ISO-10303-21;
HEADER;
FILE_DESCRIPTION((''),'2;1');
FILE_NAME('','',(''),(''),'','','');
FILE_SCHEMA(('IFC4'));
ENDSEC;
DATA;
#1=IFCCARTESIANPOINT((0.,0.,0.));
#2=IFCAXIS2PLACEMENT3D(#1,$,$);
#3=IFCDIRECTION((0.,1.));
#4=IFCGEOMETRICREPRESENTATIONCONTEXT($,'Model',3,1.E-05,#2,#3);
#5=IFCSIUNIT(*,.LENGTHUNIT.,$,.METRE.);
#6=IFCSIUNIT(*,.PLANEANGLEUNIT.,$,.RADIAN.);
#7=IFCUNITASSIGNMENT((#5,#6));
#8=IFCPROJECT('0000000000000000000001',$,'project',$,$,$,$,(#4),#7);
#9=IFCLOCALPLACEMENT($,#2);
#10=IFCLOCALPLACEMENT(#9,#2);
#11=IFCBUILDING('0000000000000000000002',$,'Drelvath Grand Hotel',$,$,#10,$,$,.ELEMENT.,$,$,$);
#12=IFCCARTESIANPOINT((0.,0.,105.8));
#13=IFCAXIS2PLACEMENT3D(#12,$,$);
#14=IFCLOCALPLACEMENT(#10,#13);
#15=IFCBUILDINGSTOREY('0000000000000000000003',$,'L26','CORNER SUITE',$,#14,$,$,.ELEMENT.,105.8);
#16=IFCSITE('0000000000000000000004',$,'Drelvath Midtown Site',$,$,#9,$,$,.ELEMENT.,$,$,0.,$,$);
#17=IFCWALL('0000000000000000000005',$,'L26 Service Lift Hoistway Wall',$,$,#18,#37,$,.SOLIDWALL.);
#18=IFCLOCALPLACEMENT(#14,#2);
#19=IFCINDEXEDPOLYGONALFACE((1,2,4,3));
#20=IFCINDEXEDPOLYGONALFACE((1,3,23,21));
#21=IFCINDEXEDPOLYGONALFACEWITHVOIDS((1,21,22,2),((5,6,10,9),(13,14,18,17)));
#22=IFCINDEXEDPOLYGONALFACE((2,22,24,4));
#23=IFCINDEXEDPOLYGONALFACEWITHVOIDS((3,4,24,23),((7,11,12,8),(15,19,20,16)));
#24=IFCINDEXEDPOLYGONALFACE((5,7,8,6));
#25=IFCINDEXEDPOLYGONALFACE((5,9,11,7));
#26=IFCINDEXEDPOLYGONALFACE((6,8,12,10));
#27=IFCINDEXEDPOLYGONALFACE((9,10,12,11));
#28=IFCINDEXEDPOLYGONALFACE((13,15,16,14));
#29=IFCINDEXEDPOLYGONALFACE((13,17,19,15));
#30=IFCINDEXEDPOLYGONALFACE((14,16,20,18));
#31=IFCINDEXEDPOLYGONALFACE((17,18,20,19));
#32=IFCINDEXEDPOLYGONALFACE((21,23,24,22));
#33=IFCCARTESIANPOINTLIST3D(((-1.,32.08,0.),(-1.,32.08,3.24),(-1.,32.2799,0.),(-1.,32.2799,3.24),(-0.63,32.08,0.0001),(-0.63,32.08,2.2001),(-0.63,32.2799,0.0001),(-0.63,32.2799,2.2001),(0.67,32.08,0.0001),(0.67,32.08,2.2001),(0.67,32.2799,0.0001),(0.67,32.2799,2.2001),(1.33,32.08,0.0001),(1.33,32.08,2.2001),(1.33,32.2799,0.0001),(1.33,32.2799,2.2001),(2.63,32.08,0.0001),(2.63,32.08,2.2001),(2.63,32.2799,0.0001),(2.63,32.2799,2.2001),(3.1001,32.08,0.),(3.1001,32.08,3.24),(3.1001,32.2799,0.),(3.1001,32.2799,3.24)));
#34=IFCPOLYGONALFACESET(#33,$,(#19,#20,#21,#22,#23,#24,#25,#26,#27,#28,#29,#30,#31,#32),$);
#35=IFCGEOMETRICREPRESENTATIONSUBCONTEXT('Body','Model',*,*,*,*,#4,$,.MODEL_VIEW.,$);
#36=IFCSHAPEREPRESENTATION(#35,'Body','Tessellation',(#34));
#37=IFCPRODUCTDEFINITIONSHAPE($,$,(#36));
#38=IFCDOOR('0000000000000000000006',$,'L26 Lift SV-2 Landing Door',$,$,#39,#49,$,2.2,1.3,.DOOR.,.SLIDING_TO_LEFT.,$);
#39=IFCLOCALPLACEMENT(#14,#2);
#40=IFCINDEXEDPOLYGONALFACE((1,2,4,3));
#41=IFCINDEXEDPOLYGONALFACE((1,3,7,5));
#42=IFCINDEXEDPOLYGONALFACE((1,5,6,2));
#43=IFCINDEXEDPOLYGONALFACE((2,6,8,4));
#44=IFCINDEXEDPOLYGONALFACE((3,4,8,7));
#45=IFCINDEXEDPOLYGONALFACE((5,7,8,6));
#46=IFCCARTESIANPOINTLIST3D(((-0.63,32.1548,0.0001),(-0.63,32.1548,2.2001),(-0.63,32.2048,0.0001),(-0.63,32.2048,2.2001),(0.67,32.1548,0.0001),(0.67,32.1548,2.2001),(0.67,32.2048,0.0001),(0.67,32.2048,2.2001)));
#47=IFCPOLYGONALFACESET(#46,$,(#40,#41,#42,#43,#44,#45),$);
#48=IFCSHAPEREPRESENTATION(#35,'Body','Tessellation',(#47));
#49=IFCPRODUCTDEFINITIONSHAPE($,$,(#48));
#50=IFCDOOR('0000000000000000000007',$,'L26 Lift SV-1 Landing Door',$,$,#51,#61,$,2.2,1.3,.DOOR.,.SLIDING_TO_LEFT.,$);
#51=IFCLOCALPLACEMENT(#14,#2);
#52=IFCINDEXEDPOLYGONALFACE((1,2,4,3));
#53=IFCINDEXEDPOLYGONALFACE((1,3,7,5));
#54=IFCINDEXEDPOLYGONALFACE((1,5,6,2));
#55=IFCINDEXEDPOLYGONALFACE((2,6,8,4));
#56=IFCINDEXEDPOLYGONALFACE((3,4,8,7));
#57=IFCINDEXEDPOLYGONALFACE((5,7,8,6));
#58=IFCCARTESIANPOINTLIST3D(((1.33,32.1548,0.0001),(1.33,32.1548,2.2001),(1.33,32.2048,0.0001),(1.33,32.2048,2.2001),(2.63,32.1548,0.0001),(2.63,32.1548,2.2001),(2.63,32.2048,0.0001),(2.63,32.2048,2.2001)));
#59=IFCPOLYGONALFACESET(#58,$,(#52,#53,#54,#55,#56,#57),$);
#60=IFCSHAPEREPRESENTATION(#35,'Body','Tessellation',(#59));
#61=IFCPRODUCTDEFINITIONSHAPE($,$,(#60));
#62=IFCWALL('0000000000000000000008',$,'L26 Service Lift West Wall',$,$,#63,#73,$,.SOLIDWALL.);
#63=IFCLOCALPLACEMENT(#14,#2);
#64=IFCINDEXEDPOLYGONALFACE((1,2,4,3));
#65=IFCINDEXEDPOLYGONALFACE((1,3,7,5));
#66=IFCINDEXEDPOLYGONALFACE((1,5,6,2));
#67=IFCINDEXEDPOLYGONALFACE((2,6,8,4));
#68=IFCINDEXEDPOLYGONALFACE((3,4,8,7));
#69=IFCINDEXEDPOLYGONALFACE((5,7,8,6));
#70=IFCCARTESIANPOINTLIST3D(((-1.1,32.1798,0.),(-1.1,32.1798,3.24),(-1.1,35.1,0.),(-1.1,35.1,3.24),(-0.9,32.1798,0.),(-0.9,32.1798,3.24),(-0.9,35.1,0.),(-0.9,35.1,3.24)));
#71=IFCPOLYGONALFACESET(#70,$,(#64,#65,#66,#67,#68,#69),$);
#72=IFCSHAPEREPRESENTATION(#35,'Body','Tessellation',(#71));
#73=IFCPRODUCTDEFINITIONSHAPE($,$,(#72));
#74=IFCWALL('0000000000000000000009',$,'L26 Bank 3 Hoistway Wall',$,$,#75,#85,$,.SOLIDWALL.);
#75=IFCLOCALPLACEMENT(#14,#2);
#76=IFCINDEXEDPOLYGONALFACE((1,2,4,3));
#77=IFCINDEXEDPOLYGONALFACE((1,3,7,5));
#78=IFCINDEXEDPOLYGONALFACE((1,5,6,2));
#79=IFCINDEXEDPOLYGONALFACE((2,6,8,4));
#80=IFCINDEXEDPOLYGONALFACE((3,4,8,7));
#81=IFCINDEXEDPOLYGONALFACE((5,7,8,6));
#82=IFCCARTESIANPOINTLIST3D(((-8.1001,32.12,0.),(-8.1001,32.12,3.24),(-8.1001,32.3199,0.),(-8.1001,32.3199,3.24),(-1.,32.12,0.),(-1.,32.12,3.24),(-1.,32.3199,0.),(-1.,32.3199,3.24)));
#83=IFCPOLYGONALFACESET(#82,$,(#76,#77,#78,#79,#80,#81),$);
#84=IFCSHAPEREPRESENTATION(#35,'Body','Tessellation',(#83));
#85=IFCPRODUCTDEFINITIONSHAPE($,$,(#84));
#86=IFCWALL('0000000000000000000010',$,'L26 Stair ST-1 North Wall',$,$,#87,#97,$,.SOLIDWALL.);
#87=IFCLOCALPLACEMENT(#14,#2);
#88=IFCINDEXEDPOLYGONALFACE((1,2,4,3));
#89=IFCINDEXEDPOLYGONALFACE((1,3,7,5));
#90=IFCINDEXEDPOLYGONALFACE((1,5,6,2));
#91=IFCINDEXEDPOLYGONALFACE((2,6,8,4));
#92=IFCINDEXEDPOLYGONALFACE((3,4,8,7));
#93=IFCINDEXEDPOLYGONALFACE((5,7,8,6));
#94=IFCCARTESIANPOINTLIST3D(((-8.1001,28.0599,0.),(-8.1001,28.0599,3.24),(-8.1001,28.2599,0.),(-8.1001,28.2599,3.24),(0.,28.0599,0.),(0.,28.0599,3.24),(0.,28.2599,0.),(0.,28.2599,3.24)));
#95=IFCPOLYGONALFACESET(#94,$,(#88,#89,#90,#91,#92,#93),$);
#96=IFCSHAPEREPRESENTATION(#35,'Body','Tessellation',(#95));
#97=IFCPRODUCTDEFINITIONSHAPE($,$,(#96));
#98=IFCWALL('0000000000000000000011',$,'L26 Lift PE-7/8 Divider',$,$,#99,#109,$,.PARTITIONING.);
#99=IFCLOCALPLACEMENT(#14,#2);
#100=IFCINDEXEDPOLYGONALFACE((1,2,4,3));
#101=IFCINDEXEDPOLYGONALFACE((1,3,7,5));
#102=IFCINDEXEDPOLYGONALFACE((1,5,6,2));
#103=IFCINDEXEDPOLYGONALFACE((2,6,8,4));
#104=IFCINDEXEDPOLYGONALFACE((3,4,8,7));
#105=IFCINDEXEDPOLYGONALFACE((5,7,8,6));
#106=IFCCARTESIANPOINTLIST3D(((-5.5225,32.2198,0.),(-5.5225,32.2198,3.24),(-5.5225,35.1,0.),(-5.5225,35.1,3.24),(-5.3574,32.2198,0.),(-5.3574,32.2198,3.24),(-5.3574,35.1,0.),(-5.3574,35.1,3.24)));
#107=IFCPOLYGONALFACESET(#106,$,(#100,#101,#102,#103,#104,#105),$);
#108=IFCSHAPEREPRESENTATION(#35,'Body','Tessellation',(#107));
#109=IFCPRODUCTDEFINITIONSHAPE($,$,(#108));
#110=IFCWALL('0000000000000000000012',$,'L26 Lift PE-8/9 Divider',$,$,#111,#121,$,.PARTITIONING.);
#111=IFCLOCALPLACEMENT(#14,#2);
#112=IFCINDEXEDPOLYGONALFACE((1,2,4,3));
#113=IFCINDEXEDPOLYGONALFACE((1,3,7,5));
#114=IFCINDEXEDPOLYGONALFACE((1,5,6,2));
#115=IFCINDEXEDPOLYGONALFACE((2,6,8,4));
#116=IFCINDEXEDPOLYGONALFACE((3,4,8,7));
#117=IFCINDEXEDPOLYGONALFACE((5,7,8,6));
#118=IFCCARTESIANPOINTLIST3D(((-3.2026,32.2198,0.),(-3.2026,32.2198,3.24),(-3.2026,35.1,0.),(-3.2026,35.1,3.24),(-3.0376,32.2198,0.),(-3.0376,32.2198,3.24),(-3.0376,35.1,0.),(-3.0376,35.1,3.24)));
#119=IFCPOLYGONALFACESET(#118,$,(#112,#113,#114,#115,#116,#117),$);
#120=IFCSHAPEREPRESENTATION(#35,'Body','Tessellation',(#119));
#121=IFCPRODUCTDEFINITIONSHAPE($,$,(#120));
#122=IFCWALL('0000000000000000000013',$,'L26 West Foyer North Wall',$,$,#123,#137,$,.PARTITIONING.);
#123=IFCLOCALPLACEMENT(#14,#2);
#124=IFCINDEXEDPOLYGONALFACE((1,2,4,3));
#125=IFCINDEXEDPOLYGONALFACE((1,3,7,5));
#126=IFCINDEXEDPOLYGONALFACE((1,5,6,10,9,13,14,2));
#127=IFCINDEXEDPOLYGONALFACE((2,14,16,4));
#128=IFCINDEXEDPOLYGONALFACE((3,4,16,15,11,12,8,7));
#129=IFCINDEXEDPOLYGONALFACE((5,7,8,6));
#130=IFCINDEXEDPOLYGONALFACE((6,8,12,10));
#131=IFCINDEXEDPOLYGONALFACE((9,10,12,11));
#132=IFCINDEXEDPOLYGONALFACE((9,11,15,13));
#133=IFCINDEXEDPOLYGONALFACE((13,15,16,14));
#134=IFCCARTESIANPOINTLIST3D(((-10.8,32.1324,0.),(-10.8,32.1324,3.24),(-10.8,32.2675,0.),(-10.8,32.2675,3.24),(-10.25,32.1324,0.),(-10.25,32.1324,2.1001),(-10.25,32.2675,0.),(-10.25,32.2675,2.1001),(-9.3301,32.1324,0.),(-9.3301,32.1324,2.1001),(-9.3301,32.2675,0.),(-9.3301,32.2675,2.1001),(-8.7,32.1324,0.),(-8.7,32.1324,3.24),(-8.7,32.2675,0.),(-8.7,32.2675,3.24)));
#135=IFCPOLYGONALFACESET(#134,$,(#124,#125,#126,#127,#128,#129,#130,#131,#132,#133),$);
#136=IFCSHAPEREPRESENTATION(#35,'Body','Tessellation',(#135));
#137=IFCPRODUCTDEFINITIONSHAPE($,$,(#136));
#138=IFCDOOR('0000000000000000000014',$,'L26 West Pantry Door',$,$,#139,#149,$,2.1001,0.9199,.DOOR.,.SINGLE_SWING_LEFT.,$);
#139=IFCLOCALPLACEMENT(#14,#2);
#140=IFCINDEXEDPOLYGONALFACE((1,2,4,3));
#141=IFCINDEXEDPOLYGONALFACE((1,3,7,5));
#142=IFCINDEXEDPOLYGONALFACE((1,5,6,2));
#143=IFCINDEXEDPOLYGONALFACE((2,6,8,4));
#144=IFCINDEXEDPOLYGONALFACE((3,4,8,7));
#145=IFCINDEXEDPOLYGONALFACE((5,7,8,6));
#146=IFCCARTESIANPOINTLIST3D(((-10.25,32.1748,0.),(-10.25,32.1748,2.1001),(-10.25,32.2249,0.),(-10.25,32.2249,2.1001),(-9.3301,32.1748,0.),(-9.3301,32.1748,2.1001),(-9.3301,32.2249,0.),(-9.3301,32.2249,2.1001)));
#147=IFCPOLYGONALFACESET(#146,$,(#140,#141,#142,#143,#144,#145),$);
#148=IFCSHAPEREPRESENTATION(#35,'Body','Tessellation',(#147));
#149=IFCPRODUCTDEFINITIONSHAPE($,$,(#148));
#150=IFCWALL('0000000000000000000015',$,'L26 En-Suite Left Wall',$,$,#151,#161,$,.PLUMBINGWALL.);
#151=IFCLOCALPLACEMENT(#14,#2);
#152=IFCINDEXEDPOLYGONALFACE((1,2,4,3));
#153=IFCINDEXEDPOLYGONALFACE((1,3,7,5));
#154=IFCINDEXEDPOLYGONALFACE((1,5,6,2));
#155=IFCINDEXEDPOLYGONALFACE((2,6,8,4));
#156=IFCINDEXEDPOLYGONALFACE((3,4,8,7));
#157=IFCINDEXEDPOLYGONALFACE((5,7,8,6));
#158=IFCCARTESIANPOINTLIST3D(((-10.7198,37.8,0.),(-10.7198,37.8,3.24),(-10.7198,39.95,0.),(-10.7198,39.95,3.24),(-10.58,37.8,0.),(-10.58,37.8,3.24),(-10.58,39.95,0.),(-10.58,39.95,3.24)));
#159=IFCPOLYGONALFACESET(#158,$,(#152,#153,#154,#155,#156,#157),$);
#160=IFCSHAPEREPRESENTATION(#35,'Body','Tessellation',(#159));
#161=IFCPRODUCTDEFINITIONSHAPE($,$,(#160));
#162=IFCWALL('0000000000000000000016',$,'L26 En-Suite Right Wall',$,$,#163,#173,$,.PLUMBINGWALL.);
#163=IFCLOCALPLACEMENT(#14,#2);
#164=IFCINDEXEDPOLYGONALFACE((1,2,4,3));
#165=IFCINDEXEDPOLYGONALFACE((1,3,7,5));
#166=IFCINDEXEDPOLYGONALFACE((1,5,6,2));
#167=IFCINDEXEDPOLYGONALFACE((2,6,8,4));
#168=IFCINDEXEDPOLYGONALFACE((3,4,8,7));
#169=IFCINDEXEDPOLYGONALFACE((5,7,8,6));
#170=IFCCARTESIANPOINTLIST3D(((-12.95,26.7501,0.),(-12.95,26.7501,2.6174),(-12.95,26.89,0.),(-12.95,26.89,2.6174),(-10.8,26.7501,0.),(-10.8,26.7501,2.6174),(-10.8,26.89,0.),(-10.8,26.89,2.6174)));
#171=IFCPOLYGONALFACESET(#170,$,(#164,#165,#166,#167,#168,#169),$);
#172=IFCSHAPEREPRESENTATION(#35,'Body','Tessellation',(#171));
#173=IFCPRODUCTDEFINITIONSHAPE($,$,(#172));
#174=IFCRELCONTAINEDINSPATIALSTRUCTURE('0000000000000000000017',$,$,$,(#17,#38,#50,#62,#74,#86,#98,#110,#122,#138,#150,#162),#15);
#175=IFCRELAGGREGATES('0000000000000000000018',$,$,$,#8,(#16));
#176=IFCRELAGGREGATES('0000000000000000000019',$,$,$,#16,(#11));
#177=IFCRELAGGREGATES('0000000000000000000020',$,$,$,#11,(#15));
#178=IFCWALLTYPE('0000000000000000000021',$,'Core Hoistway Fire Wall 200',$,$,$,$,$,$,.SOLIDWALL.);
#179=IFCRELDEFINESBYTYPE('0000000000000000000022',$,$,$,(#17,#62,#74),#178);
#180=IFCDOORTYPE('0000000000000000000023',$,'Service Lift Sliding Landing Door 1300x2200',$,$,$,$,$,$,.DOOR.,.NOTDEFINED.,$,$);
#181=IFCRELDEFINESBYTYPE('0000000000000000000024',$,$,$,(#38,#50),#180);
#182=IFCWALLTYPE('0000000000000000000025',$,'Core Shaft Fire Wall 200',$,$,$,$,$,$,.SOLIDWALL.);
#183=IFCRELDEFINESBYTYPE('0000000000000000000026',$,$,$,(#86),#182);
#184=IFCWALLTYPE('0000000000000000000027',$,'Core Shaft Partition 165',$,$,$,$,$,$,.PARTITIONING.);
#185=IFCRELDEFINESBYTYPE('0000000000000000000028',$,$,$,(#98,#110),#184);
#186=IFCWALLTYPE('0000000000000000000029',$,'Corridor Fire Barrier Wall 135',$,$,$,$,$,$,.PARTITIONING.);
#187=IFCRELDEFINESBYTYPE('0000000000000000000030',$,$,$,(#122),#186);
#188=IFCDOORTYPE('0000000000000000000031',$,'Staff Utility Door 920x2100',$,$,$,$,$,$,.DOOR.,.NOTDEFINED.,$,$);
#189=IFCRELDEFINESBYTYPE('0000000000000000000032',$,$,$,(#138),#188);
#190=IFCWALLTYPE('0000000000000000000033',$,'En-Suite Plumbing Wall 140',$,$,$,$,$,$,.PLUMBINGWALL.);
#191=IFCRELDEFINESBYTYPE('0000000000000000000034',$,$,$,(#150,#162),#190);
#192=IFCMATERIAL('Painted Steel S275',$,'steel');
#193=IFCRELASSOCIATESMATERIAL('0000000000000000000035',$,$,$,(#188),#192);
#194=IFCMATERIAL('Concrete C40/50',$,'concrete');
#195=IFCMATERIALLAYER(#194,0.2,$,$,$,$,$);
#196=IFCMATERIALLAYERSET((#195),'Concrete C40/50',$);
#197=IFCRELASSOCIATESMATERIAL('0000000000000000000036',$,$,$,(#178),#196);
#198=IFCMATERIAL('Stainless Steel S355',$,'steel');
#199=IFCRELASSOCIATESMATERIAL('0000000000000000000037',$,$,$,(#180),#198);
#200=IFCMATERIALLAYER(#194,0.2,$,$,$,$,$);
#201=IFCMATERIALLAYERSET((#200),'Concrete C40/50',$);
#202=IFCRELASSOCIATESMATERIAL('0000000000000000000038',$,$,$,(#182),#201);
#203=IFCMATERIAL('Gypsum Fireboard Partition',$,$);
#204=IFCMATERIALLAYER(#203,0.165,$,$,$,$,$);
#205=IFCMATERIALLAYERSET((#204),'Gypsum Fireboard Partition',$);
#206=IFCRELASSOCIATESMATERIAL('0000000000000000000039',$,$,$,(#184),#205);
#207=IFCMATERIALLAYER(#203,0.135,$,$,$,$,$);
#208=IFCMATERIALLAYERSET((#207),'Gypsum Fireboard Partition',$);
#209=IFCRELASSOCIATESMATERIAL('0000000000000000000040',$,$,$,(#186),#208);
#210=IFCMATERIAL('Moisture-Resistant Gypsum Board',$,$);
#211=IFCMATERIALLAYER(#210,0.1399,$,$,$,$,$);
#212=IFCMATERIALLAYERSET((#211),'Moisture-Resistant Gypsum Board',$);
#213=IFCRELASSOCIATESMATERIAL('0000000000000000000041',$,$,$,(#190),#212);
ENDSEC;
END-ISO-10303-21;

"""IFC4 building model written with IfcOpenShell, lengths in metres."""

from ifc_helpers import new_model, si_unit, direction, frame, frame_2d, origin, place, context, subcontext, project, spatial, rectangle, extrude, material, layer, layer_set, type_object, element, fill, save


model = new_model("IFC4")

# Units and contexts
model_context = context("Model", 3, precision=1e-05, world=origin(), true_north=direction((0.0, 1.0)))
body_context = subcontext(model_context, "Body", "Model", "MODEL_VIEW")
ifc_project = project(units=[si_unit("LENGTHUNIT", "METRE"), si_unit("PLANEANGLEUNIT", "RADIAN")], contexts=[model_context])

# Site, building, storey
site_placement = place(None, origin())
site = spatial("IfcSite", under=ifc_project, at=site_placement, Name="Drelvath Midtown Site", CompositionType="ELEMENT", RefElevation=0.0)
building_placement = place(site_placement, origin())
building = spatial("IfcBuilding", under=site, at=building_placement, Name="Drelvath Grand Hotel", CompositionType="ELEMENT")
storey_placement = place(building_placement, frame((0.0, 0.0, 105.8)))
storey = spatial("IfcBuildingStorey", under=building, at=storey_placement, Name="L26", Description="CORNER SUITE", CompositionType="ELEMENT", Elevation=105.8)

# Shared definitions
ifc_material_1 = material(Name="Painted Steel S275", Category="steel")
door_type_1 = type_object("IfcDoorType", Name="Staff Utility Door 920x2100", OperationType="NOTDEFINED", PredefinedType="DOOR", material=ifc_material_1)

# Wall, openings, doors
ifc_material_2 = material(Name="Concrete C40/50", Category="concrete")
ifc_layer_1 = layer(ifc_material_2, 0.2)
ifc_layer_set_1 = layer_set([ifc_layer_1], Name="Concrete C40/50")
wall_type_1 = type_object("IfcWallType", Name="Core Hoistway Fire Wall 200", PredefinedType="SOLIDWALL", material=ifc_layer_set_1)
wall_1_placement = place(storey_placement, frame((-1.0, 32.1799, 0.0), z_axis=(0.0, 0.0, 1.0), x_axis=(1.0, 0.0, 0.0)))
wall_1 = element("IfcWall", 1, at=wall_1_placement, inside=storey, type_object=wall_type_1, Name="L26 Service Lift Hoistway Wall", PredefinedType="SOLIDWALL", context=body_context, shape_type="SweptSolid", body=[
    extrude(rectangle(XDim=4.1001, YDim=0.2, at=frame_2d((2.05, 0.0))), origin(), (0.0, 0.0, 1.0), 3.24),
])
opening_1_placement = place(wall_1_placement, frame((0.3701, 0.0, 0.0)))
opening_1 = element("IfcOpeningElement", 2, at=opening_1_placement, cuts=wall_1, PredefinedType="OPENING", context=body_context, shape_type="SweptSolid", body=[
    extrude(rectangle(XDim=1.3, YDim=2.2, at=frame_2d((0.6499, 1.1001))), frame((0.0, 0.1099, 0.0), z_axis=(0.0, -1.0, 0.0), x_axis=(1.0, 0.0, 0.0)), (0.0, 0.0, 1.0), 0.22),
])
opening_2_placement = place(wall_1_placement, frame((2.3301, 0.0, 0.0)))
opening_2 = element("IfcOpeningElement", 3, at=opening_2_placement, cuts=wall_1, PredefinedType="OPENING", context=body_context, shape_type="SweptSolid", body=[
    extrude(rectangle(XDim=1.3, YDim=2.2, at=frame_2d((0.6499, 1.1001))), frame((0.0, 0.1099, 0.0), z_axis=(0.0, -1.0, 0.0), x_axis=(1.0, 0.0, 0.0)), (0.0, 0.0, 1.0), 0.22),
])
ifc_material_3 = material(Name="Stainless Steel S355", Category="steel")
door_type_2 = type_object("IfcDoorType", Name="Service Lift Sliding Landing Door 1300x2200", OperationType="NOTDEFINED", PredefinedType="DOOR", material=ifc_material_3)
door_1_placement = place(opening_1_placement, origin())
door_1 = element("IfcDoor", 4, at=door_1_placement, inside=storey, type_object=door_type_2, Name="L26 Lift SV-2 Landing Door", OperationType="SLIDING_TO_LEFT", OverallHeight=2.2, OverallWidth=1.3, PredefinedType="DOOR", context=body_context, shape_type="SweptSolid", body=[
    extrude(rectangle(XDim=1.3, YDim=2.2, at=frame_2d((0.6499, 1.1001))), frame((0.0, 0.0249, 0.0), z_axis=(0.0, -1.0, 0.0), x_axis=(1.0, 0.0, 0.0)), (0.0, 0.0, 1.0), 0.05),
])
fill(opening_1, door_1)
door_2_placement = place(opening_2_placement, origin())
door_2 = element("IfcDoor", 5, at=door_2_placement, inside=storey, type_object=door_type_2, Name="L26 Lift SV-1 Landing Door", OperationType="SLIDING_TO_LEFT", OverallHeight=2.2, OverallWidth=1.3, PredefinedType="DOOR", context=body_context, shape_type="SweptSolid", body=[
    extrude(rectangle(XDim=1.3, YDim=2.2, at=frame_2d((0.6499, 1.1001))), frame((0.0, 0.0249, 0.0), z_axis=(0.0, -1.0, 0.0), x_axis=(1.0, 0.0, 0.0)), (0.0, 0.0, 1.0), 0.05),
])
fill(opening_2, door_2)

# Walls
wall_2_placement = place(storey_placement, frame((-1.0, 32.1799, 0.0), z_axis=(0.0, 0.0, 1.0), x_axis=(0.0, 1.0, 0.0)))
element("IfcWall", 6, at=wall_2_placement, inside=storey, type_object=wall_type_1, Name="L26 Service Lift West Wall", PredefinedType="SOLIDWALL", context=body_context, shape_type="SweptSolid", body=[
    extrude(rectangle(XDim=2.9202, YDim=0.2, at=frame_2d((1.46, 0.0))), origin(), (0.0, 0.0, 1.0), 3.24),
])
wall_3_placement = place(storey_placement, frame((-8.1001, 32.22, 0.0), z_axis=(0.0, 0.0, 1.0), x_axis=(1.0, 0.0, 0.0)))
element("IfcWall", 7, at=wall_3_placement, inside=storey, type_object=wall_type_1, Name="L26 Bank 3 Hoistway Wall", PredefinedType="SOLIDWALL", context=body_context, shape_type="SweptSolid", body=[
    extrude(rectangle(XDim=7.1001, YDim=0.2, at=frame_2d((3.55, 0.0))), origin(), (0.0, 0.0, 1.0), 3.24),
])
ifc_layer_2 = layer(ifc_material_2, 0.2)
ifc_layer_set_2 = layer_set([ifc_layer_2], Name="Concrete C40/50")
wall_type_2 = type_object("IfcWallType", Name="Core Shaft Fire Wall 200", PredefinedType="SOLIDWALL", material=ifc_layer_set_2)
wall_4_placement = place(storey_placement, frame((-8.1001, 28.1599, 0.0), z_axis=(0.0, 0.0, 1.0), x_axis=(1.0, 0.0, 0.0)))
element("IfcWall", 8, at=wall_4_placement, inside=storey, type_object=wall_type_2, Name="L26 Stair ST-1 North Wall", PredefinedType="SOLIDWALL", context=body_context, shape_type="SweptSolid", body=[
    extrude(rectangle(XDim=8.1001, YDim=0.2, at=frame_2d((4.05, 0.0))), origin(), (0.0, 0.0, 1.0), 3.24),
])
ifc_material_4 = material(Name="Gypsum Fireboard Partition")
ifc_layer_3 = layer(ifc_material_4, 0.165)
ifc_layer_set_3 = layer_set([ifc_layer_3], Name="Gypsum Fireboard Partition")
wall_type_3 = type_object("IfcWallType", Name="Core Shaft Partition 165", PredefinedType="PARTITIONING", material=ifc_layer_set_3)
for number, where, z_axis, x_axis, name in (
    (9, (-5.4399, 32.22, 0.0), (0.0, 0.0, 1.0), (0.0, 1.0, 0.0), "L26 Lift PE-7/8 Divider"),
    (10, (-3.1201, 32.22, 0.0), (0.0, 0.0, 1.0), (0.0, 1.0, 0.0), "L26 Lift PE-8/9 Divider"),
):
    element("IfcWall", number, at=place(storey_placement, frame(where, z_axis=z_axis, x_axis=x_axis)), inside=storey, type_object=wall_type_3, Name=name, PredefinedType="PARTITIONING", context=body_context, shape_type="SweptSolid", body=[
        extrude(rectangle(XDim=2.8801, YDim=0.165, at=frame_2d((1.4399, 0.0))), origin(), (0.0, 0.0, 1.0), 3.24),
    ])

# Wall, opening, door
ifc_layer_4 = layer(ifc_material_4, 0.135)
ifc_layer_set_4 = layer_set([ifc_layer_4], Name="Gypsum Fireboard Partition")
wall_type_4 = type_object("IfcWallType", Name="Corridor Fire Barrier Wall 135", PredefinedType="PARTITIONING", material=ifc_layer_set_4)
wall_5_placement = place(storey_placement, frame((-10.8, 32.2, 0.0), z_axis=(0.0, 0.0, 1.0), x_axis=(1.0, 0.0, 0.0)))
wall_5 = element("IfcWall", 11, at=wall_5_placement, inside=storey, type_object=wall_type_4, Name="L26 West Foyer North Wall", PredefinedType="PARTITIONING", context=body_context, shape_type="SweptSolid", body=[
    extrude(rectangle(XDim=2.1001, YDim=0.135, at=frame_2d((1.05, 0.0))), origin(), (0.0, 0.0, 1.0), 3.24),
])
opening_3_placement = place(wall_5_placement, frame((0.55, 0.0, 0.0)))
opening_3 = element("IfcOpeningElement", 12, at=opening_3_placement, cuts=wall_5, PredefinedType="OPENING", context=body_context, shape_type="SweptSolid", body=[
    extrude(rectangle(XDim=0.9199, YDim=2.1001, at=frame_2d((0.46, 1.05))), frame((0.0, 0.0774, 0.0), z_axis=(0.0, -1.0, 0.0), x_axis=(1.0, 0.0, 0.0)), (0.0, 0.0, 1.0), 0.155),
])
door_3_placement = place(opening_3_placement, origin())
door_3 = element("IfcDoor", 13, at=door_3_placement, inside=storey, type_object=door_type_1, Name="L26 West Pantry Door", OperationType="SINGLE_SWING_LEFT", OverallHeight=2.1001, OverallWidth=0.9199, PredefinedType="DOOR", context=body_context, shape_type="SweptSolid", body=[
    extrude(rectangle(XDim=0.9199, YDim=2.1001, at=frame_2d((0.46, 1.05))), frame((0.0, 0.0249, 0.0), z_axis=(0.0, -1.0, 0.0), x_axis=(1.0, 0.0, 0.0)), (0.0, 0.0, 1.0), 0.05),
])
fill(opening_3, door_3)

# Walls
ifc_material_5 = material(Name="Moisture-Resistant Gypsum Board")
ifc_layer_5 = layer(ifc_material_5, 0.1399)
ifc_layer_set_5 = layer_set([ifc_layer_5], Name="Moisture-Resistant Gypsum Board")
wall_type_5 = type_object("IfcWallType", Name="En-Suite Plumbing Wall 140", PredefinedType="PLUMBINGWALL", material=ifc_layer_set_5)
wall_6_placement = place(storey_placement, frame((-10.6499, 37.8, 0.0), z_axis=(0.0, 0.0, 1.0), x_axis=(0.0, 1.0, 0.0)))
element("IfcWall", 14, at=wall_6_placement, inside=storey, type_object=wall_type_5, Name="L26 En-Suite Left Wall", PredefinedType="PLUMBINGWALL", context=body_context, shape_type="SweptSolid", body=[
    extrude(rectangle(XDim=2.1499, YDim=0.1399, at=frame_2d((1.075, 0.0))), origin(), (0.0, 0.0, 1.0), 3.24),
])
wall_7_placement = place(storey_placement, frame((-10.8, 26.8201, 0.0), z_axis=(0.0, 0.0, 1.0), x_axis=(-1.0, 0.0, 0.0)))
element("IfcWall", 15, at=wall_7_placement, inside=storey, type_object=wall_type_5, Name="L26 En-Suite Right Wall", PredefinedType="PLUMBINGWALL", context=body_context, shape_type="SweptSolid", body=[
    extrude(rectangle(XDim=2.1499, YDim=0.1399, at=frame_2d((1.075, 0.0))), origin(), (0.0, 0.0, 1.0), 2.6174),
])

save(model, "model.ifc")
